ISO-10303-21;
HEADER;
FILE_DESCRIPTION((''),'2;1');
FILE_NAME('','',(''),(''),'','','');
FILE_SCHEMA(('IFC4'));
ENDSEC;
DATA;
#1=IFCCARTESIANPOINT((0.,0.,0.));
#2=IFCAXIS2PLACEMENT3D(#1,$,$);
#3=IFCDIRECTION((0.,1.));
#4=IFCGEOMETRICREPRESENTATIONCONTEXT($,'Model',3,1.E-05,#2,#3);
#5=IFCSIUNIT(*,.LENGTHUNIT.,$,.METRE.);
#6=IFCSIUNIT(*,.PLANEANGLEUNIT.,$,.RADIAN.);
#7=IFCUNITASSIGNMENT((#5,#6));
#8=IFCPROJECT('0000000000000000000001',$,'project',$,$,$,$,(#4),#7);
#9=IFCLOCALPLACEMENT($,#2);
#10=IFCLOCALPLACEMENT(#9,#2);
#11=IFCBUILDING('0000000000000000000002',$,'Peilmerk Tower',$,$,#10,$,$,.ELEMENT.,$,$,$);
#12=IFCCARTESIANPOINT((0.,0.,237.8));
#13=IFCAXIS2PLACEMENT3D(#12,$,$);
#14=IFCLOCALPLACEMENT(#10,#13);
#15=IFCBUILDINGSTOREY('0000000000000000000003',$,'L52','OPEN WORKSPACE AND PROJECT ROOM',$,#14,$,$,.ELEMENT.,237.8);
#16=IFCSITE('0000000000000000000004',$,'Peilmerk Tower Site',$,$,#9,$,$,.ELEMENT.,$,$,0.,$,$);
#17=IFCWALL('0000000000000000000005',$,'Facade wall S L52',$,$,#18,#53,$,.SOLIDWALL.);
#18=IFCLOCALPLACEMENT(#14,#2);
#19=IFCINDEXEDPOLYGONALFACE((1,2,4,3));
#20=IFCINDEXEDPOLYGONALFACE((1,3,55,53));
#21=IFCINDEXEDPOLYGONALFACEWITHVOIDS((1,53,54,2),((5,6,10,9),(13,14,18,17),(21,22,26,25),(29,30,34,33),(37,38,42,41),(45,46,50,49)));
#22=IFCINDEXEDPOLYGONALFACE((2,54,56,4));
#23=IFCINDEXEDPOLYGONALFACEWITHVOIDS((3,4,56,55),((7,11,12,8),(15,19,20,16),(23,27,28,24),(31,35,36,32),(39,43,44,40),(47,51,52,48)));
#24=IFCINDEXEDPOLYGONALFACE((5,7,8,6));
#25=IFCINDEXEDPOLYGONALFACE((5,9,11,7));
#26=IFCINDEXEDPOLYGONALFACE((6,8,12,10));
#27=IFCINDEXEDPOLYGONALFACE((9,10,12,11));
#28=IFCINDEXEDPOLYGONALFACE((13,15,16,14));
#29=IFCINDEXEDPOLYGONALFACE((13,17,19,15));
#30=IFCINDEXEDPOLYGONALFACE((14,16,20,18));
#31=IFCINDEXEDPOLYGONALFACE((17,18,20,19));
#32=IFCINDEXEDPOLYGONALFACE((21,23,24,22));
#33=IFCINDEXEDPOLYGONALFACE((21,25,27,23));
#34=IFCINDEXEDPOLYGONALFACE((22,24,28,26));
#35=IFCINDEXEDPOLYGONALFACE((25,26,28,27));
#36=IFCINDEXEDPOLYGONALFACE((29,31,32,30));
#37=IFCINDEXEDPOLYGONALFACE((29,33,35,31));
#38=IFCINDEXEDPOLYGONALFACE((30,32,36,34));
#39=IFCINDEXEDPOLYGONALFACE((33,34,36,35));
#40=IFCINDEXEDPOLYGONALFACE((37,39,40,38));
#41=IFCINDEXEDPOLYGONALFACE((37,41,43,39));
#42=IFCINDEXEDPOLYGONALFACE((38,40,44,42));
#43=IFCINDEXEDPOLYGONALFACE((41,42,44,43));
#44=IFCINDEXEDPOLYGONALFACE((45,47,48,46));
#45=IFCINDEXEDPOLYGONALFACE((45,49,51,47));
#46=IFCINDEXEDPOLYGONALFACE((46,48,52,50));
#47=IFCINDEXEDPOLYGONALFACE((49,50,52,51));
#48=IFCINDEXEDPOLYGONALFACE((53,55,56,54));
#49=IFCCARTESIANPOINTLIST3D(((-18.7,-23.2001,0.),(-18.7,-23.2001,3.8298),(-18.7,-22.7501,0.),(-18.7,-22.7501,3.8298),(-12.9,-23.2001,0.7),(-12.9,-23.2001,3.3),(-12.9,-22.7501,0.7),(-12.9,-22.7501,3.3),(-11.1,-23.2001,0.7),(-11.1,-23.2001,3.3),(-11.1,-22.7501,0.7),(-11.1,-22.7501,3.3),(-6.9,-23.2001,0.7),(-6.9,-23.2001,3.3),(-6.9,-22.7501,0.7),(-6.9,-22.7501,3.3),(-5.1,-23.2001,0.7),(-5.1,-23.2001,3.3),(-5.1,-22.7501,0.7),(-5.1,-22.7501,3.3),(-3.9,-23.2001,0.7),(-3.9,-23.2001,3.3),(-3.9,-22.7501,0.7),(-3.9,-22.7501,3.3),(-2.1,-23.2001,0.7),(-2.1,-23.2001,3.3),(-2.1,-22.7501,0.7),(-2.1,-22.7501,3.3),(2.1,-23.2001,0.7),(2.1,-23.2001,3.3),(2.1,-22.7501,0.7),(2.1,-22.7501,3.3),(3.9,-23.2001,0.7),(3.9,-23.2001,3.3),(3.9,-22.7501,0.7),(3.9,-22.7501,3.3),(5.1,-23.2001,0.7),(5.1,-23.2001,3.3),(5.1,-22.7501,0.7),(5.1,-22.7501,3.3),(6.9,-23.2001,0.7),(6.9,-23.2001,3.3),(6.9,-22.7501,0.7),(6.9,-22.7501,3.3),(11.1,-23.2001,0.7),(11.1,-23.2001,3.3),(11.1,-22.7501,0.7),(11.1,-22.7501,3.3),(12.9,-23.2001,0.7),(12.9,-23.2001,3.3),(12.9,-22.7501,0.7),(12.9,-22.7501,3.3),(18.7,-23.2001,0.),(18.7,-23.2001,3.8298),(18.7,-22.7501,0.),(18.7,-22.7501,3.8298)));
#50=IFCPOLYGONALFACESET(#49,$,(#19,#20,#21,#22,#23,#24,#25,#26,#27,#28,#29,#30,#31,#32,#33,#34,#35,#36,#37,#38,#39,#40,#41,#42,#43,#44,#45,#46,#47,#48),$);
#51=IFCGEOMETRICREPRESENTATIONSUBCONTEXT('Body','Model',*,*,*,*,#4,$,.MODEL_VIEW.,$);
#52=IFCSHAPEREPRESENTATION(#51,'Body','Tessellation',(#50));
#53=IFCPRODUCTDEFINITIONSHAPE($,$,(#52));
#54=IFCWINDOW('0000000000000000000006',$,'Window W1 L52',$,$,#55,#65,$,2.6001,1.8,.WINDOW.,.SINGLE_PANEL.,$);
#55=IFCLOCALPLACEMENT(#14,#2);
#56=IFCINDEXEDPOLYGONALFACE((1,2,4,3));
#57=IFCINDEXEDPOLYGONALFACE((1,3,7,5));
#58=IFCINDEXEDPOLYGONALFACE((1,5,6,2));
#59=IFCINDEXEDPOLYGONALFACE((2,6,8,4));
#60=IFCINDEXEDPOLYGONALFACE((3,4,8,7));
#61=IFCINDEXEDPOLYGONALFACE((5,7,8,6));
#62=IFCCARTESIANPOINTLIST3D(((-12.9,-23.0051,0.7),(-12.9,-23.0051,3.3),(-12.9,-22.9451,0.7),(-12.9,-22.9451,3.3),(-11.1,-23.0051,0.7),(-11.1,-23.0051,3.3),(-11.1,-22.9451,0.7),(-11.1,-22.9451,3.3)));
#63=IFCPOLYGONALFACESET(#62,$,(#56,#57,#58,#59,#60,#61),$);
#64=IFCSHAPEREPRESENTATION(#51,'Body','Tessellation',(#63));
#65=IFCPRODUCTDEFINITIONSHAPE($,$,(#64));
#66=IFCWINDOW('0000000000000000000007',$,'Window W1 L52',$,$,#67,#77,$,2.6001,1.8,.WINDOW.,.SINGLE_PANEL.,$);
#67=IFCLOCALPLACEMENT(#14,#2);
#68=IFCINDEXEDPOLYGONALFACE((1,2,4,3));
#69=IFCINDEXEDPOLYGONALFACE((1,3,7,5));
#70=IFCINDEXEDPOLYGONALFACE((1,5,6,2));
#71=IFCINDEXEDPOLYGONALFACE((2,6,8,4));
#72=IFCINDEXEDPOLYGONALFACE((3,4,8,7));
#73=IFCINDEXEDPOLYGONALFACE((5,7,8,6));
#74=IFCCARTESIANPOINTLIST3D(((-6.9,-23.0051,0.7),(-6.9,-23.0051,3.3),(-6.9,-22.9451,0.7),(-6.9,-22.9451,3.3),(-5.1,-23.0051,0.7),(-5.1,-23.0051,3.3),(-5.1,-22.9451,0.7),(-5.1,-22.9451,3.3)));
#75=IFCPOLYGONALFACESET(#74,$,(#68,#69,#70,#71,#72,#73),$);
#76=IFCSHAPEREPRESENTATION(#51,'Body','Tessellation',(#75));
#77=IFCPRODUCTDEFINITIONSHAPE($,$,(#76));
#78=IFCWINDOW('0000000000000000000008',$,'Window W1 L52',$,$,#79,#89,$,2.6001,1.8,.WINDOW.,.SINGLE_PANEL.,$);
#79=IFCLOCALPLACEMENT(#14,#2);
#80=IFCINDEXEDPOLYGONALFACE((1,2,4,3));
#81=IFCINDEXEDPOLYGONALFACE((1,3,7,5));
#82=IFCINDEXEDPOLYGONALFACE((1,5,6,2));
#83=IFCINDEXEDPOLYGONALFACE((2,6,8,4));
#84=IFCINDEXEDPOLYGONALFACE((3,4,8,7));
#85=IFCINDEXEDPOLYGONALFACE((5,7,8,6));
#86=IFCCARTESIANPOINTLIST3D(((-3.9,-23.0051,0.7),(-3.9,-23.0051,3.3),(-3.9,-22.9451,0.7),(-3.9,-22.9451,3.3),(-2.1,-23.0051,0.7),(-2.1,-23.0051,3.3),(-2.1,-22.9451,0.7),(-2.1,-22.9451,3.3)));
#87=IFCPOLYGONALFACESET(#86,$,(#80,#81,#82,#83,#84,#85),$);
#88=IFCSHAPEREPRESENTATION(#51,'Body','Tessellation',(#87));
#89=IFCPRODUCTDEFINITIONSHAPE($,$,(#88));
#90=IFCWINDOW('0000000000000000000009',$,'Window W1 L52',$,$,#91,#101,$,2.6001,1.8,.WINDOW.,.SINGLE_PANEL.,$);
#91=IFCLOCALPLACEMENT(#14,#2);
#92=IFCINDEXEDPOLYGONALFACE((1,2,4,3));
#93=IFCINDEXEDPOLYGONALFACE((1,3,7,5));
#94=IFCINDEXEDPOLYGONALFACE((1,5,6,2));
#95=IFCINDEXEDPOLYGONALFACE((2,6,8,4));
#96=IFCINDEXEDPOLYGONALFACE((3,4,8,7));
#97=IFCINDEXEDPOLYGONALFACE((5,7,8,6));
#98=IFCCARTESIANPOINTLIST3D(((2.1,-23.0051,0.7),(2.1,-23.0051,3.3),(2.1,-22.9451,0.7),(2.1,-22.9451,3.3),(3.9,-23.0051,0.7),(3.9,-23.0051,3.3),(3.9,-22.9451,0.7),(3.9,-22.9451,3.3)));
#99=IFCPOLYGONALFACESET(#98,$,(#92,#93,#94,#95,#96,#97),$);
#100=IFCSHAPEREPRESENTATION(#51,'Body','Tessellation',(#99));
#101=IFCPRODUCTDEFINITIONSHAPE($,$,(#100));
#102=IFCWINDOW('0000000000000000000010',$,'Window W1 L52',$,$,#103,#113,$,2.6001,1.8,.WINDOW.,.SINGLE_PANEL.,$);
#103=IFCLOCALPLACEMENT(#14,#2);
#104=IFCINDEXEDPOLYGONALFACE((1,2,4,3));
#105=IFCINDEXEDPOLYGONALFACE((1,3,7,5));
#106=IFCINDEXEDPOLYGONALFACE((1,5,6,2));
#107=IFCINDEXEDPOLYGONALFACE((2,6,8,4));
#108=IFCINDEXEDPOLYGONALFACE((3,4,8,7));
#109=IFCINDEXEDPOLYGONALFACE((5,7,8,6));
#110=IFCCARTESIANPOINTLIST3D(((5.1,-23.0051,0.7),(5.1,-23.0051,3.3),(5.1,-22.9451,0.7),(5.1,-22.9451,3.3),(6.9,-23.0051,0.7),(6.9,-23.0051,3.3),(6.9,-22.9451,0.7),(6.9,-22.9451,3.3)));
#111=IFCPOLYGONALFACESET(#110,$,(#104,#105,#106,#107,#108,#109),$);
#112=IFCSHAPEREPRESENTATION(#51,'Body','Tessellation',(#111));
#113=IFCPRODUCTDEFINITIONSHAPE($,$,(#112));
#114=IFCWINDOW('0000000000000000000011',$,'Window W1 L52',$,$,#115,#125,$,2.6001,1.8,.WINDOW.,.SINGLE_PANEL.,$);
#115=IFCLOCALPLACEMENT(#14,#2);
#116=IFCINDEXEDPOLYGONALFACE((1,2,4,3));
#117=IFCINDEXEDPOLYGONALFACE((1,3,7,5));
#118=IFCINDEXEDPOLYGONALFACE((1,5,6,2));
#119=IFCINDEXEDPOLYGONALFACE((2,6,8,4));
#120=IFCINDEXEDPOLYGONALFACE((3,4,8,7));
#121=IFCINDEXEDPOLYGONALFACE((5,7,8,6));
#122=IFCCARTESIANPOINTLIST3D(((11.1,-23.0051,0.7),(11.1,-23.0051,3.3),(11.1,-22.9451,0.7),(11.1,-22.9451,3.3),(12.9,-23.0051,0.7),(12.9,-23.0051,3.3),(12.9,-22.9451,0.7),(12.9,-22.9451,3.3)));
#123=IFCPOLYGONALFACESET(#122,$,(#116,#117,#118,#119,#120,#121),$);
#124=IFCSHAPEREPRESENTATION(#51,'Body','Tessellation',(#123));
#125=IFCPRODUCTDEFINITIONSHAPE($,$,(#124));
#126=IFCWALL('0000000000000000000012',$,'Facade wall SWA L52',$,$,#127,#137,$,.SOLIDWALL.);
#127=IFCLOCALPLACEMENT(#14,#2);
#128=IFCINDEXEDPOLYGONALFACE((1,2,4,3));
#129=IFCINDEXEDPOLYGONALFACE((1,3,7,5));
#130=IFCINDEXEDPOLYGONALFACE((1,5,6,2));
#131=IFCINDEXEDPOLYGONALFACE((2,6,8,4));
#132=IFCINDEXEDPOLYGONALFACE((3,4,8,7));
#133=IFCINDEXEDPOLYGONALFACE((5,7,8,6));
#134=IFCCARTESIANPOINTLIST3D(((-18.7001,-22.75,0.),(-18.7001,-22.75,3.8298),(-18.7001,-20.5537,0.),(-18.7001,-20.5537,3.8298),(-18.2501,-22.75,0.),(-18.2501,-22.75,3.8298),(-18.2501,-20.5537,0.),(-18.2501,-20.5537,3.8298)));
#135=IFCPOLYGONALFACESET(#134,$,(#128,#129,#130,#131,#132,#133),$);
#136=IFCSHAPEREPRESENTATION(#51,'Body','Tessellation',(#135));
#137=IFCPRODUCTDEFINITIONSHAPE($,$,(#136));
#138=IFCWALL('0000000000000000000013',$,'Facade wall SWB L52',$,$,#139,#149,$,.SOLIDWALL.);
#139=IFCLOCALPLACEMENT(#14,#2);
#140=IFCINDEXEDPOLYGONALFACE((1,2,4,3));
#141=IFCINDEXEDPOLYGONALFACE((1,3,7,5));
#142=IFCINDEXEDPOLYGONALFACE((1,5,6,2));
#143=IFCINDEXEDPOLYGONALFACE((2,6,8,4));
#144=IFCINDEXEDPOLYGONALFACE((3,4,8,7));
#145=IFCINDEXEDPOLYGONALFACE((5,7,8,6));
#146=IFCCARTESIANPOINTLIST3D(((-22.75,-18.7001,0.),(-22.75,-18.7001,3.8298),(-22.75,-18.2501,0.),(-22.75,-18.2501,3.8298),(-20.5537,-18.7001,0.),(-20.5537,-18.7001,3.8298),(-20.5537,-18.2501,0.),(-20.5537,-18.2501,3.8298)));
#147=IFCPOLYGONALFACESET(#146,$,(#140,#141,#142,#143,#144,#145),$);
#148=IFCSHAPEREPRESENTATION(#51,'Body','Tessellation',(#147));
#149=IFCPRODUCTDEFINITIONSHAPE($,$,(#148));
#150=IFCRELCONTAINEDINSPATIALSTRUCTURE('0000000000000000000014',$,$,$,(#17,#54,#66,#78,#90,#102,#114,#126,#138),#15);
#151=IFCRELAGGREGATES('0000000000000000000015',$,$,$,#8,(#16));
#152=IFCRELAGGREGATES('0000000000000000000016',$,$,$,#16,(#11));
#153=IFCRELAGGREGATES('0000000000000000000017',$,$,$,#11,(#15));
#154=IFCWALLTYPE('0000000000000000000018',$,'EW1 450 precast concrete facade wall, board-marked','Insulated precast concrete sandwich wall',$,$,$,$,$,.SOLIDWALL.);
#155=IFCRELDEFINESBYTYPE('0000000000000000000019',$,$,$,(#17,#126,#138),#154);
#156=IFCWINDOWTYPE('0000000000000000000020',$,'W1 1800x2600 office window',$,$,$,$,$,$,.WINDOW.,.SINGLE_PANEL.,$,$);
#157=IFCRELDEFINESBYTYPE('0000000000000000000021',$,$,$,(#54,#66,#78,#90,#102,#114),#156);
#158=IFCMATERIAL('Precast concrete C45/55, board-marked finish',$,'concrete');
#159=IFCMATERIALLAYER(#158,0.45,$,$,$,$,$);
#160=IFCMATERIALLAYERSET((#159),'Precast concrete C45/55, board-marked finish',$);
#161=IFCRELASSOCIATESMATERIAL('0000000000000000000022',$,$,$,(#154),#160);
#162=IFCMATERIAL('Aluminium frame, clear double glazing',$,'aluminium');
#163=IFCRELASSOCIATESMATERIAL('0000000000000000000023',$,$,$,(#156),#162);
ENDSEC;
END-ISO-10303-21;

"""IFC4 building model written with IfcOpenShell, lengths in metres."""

from ifc_helpers import new_model, si_unit, direction, frame, frame_2d, origin, place, context, subcontext, project, spatial, rectangle, extrude, material, layer, layer_set, type_object, element, fill, save


model = new_model("IFC4")

# Units and contexts
model_context = context("Model", 3, precision=1e-05, world=origin(), true_north=direction((0.0, 1.0)))
body_context = subcontext(model_context, "Body", "Model", "MODEL_VIEW")
ifc_project = project(units=[si_unit("LENGTHUNIT", "METRE"), si_unit("PLANEANGLEUNIT", "RADIAN")], contexts=[model_context])

# Site, building, storey
site_placement = place(None, origin())
site = spatial("IfcSite", under=ifc_project, at=site_placement, Name="Peilmerk Tower Site", CompositionType="ELEMENT", RefElevation=0.0)
building_placement = place(site_placement, origin())
building = spatial("IfcBuilding", under=site, at=building_placement, Name="Peilmerk Tower", CompositionType="ELEMENT")
storey_placement = place(building_placement, frame((0.0, 0.0, 237.8)))
storey = spatial("IfcBuildingStorey", under=building, at=storey_placement, Name="L52", Description="OPEN WORKSPACE AND PROJECT ROOM", CompositionType="ELEMENT", Elevation=237.8)

# Wall, openings, windows
ifc_material_1 = material(Name="Precast concrete C45/55, board-marked finish", Category="concrete")
ifc_layer_1 = layer(ifc_material_1, 0.45)
ifc_layer_set_1 = layer_set([ifc_layer_1], Name="Precast concrete C45/55, board-marked finish")
wall_type = type_object("IfcWallType", Name="EW1 450 precast concrete facade wall, board-marked", Description="Insulated precast concrete sandwich wall", PredefinedType="SOLIDWALL", material=ifc_layer_set_1)
wall_placement = place(storey_placement, frame((-18.7, -22.9751, 0.0), z_axis=(0.0, 0.0, 1.0), x_axis=(1.0, 0.0, 0.0)))
wall = element("IfcWall", 1, at=wall_placement, inside=storey, type_object=wall_type, Name="Facade wall S L52", PredefinedType="SOLIDWALL", context=body_context, shape_type="SweptSolid", body=[
    extrude(rectangle(XDim=37.3999, YDim=0.45, at=frame_2d((18.7, 0.0))), origin(), (0.0, 0.0, 1.0), 3.8298),
])
opening_1_placement = place(wall_placement, frame((5.8, 0.0, 0.7)))
opening_1 = element("IfcOpeningElement", 2, at=opening_1_placement, cuts=wall, PredefinedType="OPENING", context=body_context, shape_type="SweptSolid", body=[
    extrude(rectangle(XDim=1.8, YDim=2.6001, at=frame_2d((0.8999, 1.3))), frame((0.0, 0.2349, 0.0), z_axis=(0.0, -1.0, 0.0), x_axis=(1.0, 0.0, 0.0)), (0.0, 0.0, 1.0), 0.47),
])
opening_2_placement = place(wall_placement, frame((11.8, 0.0, 0.7)))
opening_2 = element("IfcOpeningElement", 3, at=opening_2_placement, cuts=wall, PredefinedType="OPENING", context=body_context, shape_type="SweptSolid", body=[
    extrude(rectangle(XDim=1.8, YDim=2.6001, at=frame_2d((0.8999, 1.3))), frame((0.0, 0.2349, 0.0), z_axis=(0.0, -1.0, 0.0), x_axis=(1.0, 0.0, 0.0)), (0.0, 0.0, 1.0), 0.47),
])
opening_3_placement = place(wall_placement, frame((14.8, 0.0, 0.7)))
opening_3 = element("IfcOpeningElement", 4, at=opening_3_placement, cuts=wall, PredefinedType="OPENING", context=body_context, shape_type="SweptSolid", body=[
    extrude(rectangle(XDim=1.8, YDim=2.6001, at=frame_2d((0.8999, 1.3))), frame((0.0, 0.2349, 0.0), z_axis=(0.0, -1.0, 0.0), x_axis=(1.0, 0.0, 0.0)), (0.0, 0.0, 1.0), 0.47),
])
opening_4_placement = place(wall_placement, frame((20.8, 0.0, 0.7)))
opening_4 = element("IfcOpeningElement", 5, at=opening_4_placement, cuts=wall, PredefinedType="OPENING", context=body_context, shape_type="SweptSolid", body=[
    extrude(rectangle(XDim=1.8, YDim=2.6001, at=frame_2d((0.8999, 1.3))), frame((0.0, 0.2349, 0.0), z_axis=(0.0, -1.0, 0.0), x_axis=(1.0, 0.0, 0.0)), (0.0, 0.0, 1.0), 0.47),
])
opening_5_placement = place(wall_placement, frame((23.8, 0.0, 0.7)))
opening_5 = element("IfcOpeningElement", 6, at=opening_5_placement, cuts=wall, PredefinedType="OPENING", context=body_context, shape_type="SweptSolid", body=[
    extrude(rectangle(XDim=1.8, YDim=2.6001, at=frame_2d((0.8999, 1.3))), frame((0.0, 0.2349, 0.0), z_axis=(0.0, -1.0, 0.0), x_axis=(1.0, 0.0, 0.0)), (0.0, 0.0, 1.0), 0.47),
])
opening_6_placement = place(wall_placement, frame((29.8, 0.0, 0.7)))
opening_6 = element("IfcOpeningElement", 7, at=opening_6_placement, cuts=wall, PredefinedType="OPENING", context=body_context, shape_type="SweptSolid", body=[
    extrude(rectangle(XDim=1.8, YDim=2.6001, at=frame_2d((0.8999, 1.3))), frame((0.0, 0.2349, 0.0), z_axis=(0.0, -1.0, 0.0), x_axis=(1.0, 0.0, 0.0)), (0.0, 0.0, 1.0), 0.47),
])
ifc_material_2 = material(Name="Aluminium frame, clear double glazing", Category="aluminium")
window_type = type_object("IfcWindowType", Name="W1 1800x2600 office window", PartitioningType="SINGLE_PANEL", PredefinedType="WINDOW", material=ifc_material_2)
window_1_placement = place(opening_1_placement, origin())
window_1 = element("IfcWindow", 8, at=window_1_placement, inside=storey, type_object=window_type, Name="Window W1 L52", OverallHeight=2.6001, OverallWidth=1.8, PartitioningType="SINGLE_PANEL", PredefinedType="WINDOW", context=body_context, shape_type="SweptSolid", body=[
    extrude(rectangle(XDim=1.8, YDim=2.6001, at=frame_2d((0.8999, 1.3))), frame((0.0, 0.03, 0.0), z_axis=(0.0, -1.0, 0.0), x_axis=(1.0, 0.0, 0.0)), (0.0, 0.0, 1.0), 0.0601),
])
fill(opening_1, window_1)
window_2_placement = place(opening_2_placement, origin())
window_2 = element("IfcWindow", 9, at=window_2_placement, inside=storey, type_object=window_type, Name="Window W1 L52", OverallHeight=2.6001, OverallWidth=1.8, PartitioningType="SINGLE_PANEL", PredefinedType="WINDOW", context=body_context, shape_type="SweptSolid", body=[
    extrude(rectangle(XDim=1.8, YDim=2.6001, at=frame_2d((0.8999, 1.3))), frame((0.0, 0.03, 0.0), z_axis=(0.0, -1.0, 0.0), x_axis=(1.0, 0.0, 0.0)), (0.0, 0.0, 1.0), 0.0601),
])
fill(opening_2, window_2)
window_3_placement = place(opening_3_placement, origin())
window_3 = element("IfcWindow", 10, at=window_3_placement, inside=storey, type_object=window_type, Name="Window W1 L52", OverallHeight=2.6001, OverallWidth=1.8, PartitioningType="SINGLE_PANEL", PredefinedType="WINDOW", context=body_context, shape_type="SweptSolid", body=[
    extrude(rectangle(XDim=1.8, YDim=2.6001, at=frame_2d((0.8999, 1.3))), frame((0.0, 0.03, 0.0), z_axis=(0.0, -1.0, 0.0), x_axis=(1.0, 0.0, 0.0)), (0.0, 0.0, 1.0), 0.0601),
])
fill(opening_3, window_3)
window_4_placement = place(opening_4_placement, origin())
window_4 = element("IfcWindow", 11, at=window_4_placement, inside=storey, type_object=window_type, Name="Window W1 L52", OverallHeight=2.6001, OverallWidth=1.8, PartitioningType="SINGLE_PANEL", PredefinedType="WINDOW", context=body_context, shape_type="SweptSolid", body=[
    extrude(rectangle(XDim=1.8, YDim=2.6001, at=frame_2d((0.8999, 1.3))), frame((0.0, 0.03, 0.0), z_axis=(0.0, -1.0, 0.0), x_axis=(1.0, 0.0, 0.0)), (0.0, 0.0, 1.0), 0.0601),
])
fill(opening_4, window_4)
window_5_placement = place(opening_5_placement, origin())
window_5 = element("IfcWindow", 12, at=window_5_placement, inside=storey, type_object=window_type, Name="Window W1 L52", OverallHeight=2.6001, OverallWidth=1.8, PartitioningType="SINGLE_PANEL", PredefinedType="WINDOW", context=body_context, shape_type="SweptSolid", body=[
    extrude(rectangle(XDim=1.8, YDim=2.6001, at=frame_2d((0.8999, 1.3))), frame((0.0, 0.03, 0.0), z_axis=(0.0, -1.0, 0.0), x_axis=(1.0, 0.0, 0.0)), (0.0, 0.0, 1.0), 0.0601),
])
fill(opening_5, window_5)
window_6_placement = place(opening_6_placement, origin())
window_6 = element("IfcWindow", 13, at=window_6_placement, inside=storey, type_object=window_type, Name="Window W1 L52", OverallHeight=2.6001, OverallWidth=1.8, PartitioningType="SINGLE_PANEL", PredefinedType="WINDOW", context=body_context, shape_type="SweptSolid", body=[
    extrude(rectangle(XDim=1.8, YDim=2.6001, at=frame_2d((0.8999, 1.3))), frame((0.0, 0.03, 0.0), z_axis=(0.0, -1.0, 0.0), x_axis=(1.0, 0.0, 0.0)), (0.0, 0.0, 1.0), 0.0601),
])
fill(opening_6, window_6)

# Walls
for number, where, z_axis, x_axis, name in (
    (14, (-18.4751, -20.5537, 0.0), (0.0, 0.0, 1.0), (0.0, -1.0, 0.0), "Facade wall SWA L52"),
    (15, (-20.5537, -18.4751, 0.0), (0.0, 0.0, 1.0), (-1.0, 0.0, 0.0), "Facade wall SWB L52"),
):
    element("IfcWall", number, at=place(storey_placement, frame(where, z_axis=z_axis, x_axis=x_axis)), inside=storey, type_object=wall_type, Name=name, PredefinedType="SOLIDWALL", context=body_context, shape_type="SweptSolid", body=[
        extrude(rectangle(XDim=2.1963, YDim=0.45, at=frame_2d((1.0981, 0.0))), origin(), (0.0, 0.0, 1.0), 3.8298),
    ])

save(model, "model.ifc")
